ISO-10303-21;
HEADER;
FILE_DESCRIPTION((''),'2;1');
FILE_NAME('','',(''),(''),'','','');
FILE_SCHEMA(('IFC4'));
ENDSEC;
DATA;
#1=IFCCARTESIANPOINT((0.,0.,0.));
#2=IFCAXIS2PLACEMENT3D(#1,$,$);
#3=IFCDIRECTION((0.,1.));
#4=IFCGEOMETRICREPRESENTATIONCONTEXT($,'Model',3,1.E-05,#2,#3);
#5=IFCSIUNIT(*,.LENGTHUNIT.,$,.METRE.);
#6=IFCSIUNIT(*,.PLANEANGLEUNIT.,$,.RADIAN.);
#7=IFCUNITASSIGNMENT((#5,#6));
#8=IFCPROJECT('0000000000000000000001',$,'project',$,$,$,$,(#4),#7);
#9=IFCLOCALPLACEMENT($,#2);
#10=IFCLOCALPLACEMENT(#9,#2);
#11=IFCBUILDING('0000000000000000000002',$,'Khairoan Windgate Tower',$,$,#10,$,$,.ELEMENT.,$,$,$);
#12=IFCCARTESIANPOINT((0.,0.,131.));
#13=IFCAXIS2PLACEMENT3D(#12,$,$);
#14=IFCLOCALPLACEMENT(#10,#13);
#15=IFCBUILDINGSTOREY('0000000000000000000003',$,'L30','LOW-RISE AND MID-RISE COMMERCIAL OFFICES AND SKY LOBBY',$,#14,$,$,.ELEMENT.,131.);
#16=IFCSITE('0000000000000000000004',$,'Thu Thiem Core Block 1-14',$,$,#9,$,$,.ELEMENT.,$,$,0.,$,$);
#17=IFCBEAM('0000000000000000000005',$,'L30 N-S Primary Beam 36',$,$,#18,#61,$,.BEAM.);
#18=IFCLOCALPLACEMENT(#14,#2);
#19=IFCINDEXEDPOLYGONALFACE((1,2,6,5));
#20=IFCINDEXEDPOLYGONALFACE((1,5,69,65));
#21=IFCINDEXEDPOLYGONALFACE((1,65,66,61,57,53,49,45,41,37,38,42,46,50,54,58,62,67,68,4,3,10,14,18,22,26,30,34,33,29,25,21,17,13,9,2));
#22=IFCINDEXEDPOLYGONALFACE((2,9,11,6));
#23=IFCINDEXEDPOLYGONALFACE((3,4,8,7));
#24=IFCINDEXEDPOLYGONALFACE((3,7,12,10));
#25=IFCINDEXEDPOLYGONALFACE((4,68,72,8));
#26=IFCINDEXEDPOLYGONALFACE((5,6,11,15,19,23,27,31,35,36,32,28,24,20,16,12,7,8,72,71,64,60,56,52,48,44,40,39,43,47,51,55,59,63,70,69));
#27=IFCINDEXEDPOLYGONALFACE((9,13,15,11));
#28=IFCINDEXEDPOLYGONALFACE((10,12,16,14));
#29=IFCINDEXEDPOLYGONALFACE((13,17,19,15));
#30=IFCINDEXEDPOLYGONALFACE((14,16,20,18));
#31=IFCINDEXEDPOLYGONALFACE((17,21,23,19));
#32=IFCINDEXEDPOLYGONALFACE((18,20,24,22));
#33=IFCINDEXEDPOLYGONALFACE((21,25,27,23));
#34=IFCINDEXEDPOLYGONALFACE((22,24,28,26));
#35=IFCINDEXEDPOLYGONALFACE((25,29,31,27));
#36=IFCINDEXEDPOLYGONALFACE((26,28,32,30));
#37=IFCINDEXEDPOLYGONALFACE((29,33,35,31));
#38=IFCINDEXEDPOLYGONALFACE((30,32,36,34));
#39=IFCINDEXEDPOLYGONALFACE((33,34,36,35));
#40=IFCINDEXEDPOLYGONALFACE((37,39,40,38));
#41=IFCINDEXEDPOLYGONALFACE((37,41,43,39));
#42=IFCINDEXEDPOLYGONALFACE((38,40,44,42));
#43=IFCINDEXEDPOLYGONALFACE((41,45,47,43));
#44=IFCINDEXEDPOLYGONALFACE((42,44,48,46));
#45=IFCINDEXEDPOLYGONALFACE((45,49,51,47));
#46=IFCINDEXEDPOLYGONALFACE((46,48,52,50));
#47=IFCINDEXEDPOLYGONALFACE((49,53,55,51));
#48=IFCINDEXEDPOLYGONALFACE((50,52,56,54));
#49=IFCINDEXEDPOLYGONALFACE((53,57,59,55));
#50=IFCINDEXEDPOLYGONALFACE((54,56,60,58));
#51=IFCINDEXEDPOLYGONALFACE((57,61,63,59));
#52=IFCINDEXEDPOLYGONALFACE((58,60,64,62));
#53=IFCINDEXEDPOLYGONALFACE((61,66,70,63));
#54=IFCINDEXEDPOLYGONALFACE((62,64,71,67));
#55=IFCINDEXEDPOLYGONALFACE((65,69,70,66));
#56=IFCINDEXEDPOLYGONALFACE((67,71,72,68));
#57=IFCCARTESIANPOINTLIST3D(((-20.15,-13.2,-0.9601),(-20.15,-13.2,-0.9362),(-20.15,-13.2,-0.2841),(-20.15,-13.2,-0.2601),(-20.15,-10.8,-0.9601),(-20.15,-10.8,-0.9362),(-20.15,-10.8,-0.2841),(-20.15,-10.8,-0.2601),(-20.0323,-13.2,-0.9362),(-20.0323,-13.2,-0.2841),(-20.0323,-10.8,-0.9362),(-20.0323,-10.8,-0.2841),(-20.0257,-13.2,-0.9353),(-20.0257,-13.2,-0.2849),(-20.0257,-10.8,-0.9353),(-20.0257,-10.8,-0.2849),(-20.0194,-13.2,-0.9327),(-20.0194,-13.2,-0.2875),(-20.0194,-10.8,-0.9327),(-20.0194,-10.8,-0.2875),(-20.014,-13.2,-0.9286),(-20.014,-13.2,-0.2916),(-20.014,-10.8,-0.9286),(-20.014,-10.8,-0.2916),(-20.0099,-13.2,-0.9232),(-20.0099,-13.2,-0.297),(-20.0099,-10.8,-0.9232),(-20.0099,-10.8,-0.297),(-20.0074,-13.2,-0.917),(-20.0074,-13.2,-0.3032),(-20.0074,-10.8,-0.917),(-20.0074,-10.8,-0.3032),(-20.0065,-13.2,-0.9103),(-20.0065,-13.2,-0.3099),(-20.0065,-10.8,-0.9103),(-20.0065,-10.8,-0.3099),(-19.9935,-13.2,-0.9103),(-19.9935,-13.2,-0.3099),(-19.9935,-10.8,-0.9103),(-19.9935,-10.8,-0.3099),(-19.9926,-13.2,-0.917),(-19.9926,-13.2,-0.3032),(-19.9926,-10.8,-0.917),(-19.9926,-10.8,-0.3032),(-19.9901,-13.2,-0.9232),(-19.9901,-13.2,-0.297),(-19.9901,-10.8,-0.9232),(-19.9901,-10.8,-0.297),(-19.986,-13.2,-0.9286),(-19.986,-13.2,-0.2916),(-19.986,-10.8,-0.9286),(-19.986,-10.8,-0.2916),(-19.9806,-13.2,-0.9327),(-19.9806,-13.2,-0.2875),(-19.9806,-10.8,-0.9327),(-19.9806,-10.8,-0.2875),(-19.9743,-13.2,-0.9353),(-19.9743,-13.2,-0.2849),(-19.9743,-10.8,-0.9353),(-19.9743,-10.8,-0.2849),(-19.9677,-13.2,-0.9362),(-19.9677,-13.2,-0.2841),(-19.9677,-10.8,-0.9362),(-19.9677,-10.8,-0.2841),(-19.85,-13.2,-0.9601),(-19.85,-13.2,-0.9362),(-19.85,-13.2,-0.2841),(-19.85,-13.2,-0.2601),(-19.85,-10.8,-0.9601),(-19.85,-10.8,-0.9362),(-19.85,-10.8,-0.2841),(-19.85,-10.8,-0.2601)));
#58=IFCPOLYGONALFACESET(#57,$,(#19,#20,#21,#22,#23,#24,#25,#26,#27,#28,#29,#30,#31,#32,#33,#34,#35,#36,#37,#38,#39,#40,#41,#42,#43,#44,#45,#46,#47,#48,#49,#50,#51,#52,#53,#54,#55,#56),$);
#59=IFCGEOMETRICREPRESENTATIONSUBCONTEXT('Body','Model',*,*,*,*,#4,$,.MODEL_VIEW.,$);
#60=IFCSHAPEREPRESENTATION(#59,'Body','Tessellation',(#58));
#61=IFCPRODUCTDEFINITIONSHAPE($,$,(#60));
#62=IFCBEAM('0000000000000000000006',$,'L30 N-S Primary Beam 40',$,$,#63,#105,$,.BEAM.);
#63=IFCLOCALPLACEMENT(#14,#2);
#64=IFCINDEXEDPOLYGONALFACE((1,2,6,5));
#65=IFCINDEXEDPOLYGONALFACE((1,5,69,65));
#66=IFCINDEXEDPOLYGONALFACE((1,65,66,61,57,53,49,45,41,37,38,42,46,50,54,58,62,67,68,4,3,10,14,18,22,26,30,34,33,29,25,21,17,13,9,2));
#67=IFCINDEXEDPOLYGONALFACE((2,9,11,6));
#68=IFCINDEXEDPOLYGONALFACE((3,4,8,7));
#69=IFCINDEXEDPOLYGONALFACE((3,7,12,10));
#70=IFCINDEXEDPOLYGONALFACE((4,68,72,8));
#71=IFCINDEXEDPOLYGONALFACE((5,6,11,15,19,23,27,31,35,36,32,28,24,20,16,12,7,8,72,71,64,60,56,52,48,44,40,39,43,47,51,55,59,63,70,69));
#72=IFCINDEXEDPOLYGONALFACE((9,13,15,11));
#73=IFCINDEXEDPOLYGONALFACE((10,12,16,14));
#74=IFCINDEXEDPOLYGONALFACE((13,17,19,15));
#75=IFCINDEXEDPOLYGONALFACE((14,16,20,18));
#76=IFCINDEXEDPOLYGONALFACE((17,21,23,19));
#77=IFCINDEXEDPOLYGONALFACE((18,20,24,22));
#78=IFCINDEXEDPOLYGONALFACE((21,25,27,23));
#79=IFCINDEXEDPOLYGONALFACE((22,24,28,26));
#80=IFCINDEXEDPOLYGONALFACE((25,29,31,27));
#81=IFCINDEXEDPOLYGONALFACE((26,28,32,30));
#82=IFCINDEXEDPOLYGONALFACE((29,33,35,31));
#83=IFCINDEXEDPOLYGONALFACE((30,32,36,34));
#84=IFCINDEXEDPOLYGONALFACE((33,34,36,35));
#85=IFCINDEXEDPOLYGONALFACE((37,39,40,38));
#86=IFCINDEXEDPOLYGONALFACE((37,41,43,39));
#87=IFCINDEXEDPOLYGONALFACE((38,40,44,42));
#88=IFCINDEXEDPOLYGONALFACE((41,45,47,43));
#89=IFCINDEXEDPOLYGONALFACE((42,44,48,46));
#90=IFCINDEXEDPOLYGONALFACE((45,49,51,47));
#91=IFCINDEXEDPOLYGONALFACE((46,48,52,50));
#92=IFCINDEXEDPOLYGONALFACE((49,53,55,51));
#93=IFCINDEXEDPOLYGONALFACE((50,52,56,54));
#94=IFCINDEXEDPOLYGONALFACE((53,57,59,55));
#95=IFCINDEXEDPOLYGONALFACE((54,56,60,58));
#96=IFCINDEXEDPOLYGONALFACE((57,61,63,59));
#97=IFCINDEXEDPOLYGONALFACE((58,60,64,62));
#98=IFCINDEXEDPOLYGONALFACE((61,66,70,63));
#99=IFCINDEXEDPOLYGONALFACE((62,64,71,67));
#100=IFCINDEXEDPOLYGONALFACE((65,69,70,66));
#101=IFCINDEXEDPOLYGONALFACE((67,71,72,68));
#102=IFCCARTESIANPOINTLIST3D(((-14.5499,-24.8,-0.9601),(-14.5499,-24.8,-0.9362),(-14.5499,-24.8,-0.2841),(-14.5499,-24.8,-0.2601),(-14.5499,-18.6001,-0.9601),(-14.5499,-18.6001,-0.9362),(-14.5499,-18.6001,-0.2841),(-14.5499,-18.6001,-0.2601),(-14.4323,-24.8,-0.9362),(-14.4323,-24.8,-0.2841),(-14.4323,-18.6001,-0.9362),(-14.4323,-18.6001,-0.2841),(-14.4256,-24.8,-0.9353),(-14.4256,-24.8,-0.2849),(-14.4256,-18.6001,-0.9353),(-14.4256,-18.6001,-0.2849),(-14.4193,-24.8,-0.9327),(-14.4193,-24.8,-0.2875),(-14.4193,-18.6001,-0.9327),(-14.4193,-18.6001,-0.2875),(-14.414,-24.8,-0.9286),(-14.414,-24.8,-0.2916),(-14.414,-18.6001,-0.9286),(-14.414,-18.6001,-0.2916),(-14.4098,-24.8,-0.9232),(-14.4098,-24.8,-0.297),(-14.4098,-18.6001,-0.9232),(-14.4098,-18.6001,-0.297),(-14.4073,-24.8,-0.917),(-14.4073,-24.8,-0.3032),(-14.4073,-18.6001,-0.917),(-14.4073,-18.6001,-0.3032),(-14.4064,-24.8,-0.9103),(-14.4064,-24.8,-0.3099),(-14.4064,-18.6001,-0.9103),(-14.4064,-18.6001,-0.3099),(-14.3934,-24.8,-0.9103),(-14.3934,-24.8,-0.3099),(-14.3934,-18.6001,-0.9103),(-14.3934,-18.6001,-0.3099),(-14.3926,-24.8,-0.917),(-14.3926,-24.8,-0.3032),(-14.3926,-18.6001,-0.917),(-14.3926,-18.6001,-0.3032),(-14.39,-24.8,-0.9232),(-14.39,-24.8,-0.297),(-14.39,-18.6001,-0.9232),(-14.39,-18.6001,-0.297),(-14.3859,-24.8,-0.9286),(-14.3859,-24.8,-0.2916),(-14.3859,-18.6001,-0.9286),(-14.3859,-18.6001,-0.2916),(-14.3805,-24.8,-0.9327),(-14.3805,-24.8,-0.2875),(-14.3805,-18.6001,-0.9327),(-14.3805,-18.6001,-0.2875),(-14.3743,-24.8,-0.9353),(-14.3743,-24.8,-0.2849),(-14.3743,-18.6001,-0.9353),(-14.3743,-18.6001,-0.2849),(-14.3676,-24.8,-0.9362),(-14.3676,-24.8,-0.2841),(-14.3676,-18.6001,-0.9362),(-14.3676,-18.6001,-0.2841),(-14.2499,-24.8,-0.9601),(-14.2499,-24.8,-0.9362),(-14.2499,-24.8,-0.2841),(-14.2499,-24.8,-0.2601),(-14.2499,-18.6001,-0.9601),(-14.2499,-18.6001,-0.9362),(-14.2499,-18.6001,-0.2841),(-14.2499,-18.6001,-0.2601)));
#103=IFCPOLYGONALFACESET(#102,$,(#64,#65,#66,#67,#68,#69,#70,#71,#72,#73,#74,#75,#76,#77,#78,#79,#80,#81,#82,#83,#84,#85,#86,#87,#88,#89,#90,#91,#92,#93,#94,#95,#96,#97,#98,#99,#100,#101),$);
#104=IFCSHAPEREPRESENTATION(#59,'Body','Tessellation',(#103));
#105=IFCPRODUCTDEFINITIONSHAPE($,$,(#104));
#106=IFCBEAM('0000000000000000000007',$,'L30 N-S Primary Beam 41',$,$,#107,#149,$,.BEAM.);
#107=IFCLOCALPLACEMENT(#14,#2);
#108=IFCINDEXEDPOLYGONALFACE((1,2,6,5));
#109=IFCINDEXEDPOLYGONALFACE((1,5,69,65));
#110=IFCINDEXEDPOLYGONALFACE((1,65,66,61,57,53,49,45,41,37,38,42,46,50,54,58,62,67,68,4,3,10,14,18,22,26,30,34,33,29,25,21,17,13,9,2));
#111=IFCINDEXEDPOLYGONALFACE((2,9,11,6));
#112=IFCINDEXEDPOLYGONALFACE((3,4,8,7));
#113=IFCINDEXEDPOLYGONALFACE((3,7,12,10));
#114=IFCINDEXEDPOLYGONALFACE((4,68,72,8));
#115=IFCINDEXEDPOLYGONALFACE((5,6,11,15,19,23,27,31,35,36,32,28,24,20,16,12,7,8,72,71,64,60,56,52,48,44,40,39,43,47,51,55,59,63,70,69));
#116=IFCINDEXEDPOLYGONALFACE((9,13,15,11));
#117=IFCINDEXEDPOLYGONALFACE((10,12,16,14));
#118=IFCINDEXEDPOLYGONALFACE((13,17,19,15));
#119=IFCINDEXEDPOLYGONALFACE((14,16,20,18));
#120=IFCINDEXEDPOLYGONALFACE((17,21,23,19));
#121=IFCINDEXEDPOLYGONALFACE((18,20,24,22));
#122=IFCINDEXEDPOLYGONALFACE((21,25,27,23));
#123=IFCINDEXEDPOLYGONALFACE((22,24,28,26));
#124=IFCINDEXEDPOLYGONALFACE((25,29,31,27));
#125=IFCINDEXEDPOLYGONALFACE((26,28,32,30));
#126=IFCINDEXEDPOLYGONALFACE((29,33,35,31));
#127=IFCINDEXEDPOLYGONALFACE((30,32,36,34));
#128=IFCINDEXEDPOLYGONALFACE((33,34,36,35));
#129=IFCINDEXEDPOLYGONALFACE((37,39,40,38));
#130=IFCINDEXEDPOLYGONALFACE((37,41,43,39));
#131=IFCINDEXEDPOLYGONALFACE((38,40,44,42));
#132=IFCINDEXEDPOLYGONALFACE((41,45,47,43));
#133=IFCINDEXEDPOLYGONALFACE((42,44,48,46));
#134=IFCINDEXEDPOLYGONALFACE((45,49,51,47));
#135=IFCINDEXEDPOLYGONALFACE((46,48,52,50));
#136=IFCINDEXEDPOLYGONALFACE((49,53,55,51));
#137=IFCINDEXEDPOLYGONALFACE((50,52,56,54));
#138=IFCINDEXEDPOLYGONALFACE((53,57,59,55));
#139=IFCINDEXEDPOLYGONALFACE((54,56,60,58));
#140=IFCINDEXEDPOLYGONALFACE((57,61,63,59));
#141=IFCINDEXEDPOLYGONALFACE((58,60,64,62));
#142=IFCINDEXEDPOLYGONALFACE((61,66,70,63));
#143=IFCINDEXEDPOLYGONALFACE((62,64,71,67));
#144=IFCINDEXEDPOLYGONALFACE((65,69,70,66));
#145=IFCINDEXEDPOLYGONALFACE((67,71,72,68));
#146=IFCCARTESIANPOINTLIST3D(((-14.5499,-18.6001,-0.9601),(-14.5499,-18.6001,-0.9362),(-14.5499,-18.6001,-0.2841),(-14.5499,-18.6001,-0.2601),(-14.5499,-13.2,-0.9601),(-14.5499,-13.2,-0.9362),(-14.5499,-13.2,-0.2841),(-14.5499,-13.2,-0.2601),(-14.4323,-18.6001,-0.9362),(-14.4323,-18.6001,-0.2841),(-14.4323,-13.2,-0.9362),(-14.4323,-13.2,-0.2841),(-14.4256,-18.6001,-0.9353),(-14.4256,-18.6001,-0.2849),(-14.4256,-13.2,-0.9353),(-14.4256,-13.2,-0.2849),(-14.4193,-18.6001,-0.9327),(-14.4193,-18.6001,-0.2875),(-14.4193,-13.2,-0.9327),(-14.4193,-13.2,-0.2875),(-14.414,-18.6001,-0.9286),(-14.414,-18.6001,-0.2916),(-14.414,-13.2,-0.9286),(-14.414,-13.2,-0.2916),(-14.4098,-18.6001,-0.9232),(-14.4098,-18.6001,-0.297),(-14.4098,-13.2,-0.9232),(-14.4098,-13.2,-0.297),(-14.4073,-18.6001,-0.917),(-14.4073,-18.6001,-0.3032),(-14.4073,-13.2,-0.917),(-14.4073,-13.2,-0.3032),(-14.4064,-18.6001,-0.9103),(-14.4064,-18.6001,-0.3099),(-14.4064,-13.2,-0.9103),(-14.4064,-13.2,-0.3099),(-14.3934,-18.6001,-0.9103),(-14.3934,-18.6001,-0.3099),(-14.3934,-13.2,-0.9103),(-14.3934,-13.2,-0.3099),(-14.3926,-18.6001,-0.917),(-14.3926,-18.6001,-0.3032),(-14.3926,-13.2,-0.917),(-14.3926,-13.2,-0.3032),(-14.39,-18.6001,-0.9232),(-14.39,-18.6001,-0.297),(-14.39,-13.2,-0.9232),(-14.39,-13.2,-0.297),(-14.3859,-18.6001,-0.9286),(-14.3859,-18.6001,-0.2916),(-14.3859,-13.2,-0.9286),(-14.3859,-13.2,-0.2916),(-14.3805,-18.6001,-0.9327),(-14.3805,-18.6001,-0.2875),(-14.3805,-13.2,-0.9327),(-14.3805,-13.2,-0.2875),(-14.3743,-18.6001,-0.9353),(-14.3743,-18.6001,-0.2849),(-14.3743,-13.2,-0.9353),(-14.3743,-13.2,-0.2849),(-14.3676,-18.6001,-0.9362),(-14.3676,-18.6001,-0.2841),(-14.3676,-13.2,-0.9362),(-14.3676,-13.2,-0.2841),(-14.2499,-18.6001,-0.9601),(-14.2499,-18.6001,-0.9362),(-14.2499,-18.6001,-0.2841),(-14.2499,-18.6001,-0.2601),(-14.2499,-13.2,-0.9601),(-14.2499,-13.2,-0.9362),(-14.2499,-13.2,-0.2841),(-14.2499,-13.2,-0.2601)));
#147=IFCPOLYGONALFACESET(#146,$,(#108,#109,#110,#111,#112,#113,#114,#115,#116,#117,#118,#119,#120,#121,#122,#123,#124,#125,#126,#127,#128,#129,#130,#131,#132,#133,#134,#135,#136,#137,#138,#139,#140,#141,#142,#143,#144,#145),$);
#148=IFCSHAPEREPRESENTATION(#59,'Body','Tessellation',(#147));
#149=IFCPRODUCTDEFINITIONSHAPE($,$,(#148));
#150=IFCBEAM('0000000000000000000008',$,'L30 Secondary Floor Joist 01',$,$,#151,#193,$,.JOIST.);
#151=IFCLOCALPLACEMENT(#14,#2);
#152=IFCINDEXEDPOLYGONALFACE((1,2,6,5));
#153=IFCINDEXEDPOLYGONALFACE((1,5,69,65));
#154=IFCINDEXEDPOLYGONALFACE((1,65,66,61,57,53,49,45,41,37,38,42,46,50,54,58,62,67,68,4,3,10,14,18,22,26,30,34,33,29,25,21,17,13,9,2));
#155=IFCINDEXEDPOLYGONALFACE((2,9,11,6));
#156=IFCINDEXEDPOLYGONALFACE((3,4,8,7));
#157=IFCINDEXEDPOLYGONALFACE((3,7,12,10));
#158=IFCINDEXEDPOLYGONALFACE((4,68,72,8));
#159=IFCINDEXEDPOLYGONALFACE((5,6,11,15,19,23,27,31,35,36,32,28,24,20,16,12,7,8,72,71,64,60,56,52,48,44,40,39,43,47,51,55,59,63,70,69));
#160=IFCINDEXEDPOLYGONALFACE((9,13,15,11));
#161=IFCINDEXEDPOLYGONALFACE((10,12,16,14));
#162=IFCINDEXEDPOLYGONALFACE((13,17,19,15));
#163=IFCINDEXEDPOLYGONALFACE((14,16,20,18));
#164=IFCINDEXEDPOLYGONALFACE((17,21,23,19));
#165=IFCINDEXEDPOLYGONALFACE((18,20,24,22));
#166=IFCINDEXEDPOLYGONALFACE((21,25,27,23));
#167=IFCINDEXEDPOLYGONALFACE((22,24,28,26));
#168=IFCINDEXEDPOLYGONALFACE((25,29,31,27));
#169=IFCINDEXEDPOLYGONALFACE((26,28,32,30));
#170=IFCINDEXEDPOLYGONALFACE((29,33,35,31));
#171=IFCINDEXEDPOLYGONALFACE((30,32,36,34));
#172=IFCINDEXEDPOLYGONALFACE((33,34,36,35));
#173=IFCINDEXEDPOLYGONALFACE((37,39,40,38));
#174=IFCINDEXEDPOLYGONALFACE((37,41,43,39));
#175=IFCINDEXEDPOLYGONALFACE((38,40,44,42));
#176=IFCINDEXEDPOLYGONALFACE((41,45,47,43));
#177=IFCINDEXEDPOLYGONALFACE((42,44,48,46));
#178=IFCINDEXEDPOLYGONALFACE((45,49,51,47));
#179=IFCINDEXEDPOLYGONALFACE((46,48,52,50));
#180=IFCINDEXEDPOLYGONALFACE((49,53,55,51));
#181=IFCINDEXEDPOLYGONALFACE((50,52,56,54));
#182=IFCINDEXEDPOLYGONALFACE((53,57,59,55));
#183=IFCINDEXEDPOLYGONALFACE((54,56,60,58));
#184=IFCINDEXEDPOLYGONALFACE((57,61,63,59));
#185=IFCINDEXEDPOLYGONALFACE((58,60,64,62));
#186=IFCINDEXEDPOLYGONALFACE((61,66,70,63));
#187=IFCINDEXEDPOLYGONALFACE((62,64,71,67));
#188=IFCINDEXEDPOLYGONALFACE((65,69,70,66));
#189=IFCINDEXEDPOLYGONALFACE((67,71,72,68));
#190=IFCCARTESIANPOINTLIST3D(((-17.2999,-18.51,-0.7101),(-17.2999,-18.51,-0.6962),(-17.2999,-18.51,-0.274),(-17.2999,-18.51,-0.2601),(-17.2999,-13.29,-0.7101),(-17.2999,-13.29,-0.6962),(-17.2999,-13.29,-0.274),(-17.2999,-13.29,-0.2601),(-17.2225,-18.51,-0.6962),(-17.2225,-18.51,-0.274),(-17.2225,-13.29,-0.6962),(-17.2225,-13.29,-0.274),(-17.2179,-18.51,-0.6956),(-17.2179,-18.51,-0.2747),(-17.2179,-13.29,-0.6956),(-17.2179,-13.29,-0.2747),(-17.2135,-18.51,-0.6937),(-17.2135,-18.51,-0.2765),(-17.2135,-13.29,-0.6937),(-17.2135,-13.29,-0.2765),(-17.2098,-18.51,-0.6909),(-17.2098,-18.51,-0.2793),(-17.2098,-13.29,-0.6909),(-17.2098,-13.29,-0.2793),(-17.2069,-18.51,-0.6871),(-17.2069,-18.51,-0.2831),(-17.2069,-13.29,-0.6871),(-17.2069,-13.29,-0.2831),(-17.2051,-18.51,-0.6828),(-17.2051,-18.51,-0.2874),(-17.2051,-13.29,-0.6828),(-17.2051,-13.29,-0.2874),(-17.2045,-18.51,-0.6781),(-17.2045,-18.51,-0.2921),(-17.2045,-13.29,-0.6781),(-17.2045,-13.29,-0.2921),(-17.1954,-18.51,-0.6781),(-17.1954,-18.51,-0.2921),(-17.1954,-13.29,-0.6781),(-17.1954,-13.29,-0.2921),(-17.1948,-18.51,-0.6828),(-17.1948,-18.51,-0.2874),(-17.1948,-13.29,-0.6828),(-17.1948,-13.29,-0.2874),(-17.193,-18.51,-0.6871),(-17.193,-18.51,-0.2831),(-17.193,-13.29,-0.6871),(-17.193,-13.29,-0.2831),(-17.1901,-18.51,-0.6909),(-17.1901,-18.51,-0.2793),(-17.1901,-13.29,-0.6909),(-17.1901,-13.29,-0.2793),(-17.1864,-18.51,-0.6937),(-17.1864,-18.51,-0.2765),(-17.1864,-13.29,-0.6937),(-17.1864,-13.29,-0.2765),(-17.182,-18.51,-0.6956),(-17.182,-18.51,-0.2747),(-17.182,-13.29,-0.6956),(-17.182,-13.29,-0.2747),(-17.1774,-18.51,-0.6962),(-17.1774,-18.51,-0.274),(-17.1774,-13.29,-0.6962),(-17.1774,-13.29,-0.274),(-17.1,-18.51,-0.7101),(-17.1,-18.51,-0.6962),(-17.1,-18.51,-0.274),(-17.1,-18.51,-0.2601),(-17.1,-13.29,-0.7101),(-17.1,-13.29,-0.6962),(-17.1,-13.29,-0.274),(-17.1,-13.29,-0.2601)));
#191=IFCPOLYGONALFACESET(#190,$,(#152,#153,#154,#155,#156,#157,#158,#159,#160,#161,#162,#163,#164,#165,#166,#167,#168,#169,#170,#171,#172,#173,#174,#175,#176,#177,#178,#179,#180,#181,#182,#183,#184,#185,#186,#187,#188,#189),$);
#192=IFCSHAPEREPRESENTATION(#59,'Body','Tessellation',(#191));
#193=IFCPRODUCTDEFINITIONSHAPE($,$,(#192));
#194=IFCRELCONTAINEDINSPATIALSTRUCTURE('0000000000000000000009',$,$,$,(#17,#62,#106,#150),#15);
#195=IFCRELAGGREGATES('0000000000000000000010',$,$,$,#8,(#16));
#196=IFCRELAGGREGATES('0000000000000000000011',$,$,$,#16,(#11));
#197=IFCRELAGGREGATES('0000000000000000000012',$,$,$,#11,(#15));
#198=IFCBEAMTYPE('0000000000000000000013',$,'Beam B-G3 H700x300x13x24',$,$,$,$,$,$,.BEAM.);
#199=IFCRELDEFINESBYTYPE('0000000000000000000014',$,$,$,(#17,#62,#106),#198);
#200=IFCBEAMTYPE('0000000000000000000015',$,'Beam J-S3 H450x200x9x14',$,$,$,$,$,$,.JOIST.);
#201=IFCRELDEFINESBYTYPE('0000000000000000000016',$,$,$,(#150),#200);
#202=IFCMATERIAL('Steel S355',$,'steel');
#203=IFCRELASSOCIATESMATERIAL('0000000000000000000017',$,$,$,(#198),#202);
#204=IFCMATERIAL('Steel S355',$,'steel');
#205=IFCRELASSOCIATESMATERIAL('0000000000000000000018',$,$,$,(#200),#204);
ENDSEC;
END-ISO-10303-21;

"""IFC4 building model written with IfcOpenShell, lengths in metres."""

from ifc_helpers import new_model, si_unit, direction, frame, origin, origin_2d, place, context, subcontext, project, spatial, i_section, extrude, material, material_profile, profile_set, type_object, element, save


model = new_model("IFC4")

# Units and contexts
model_context = context("Model", 3, precision=1e-05, world=origin(), true_north=direction((0.0, 1.0)))
body_context = subcontext(model_context, "Body", "Model", "MODEL_VIEW")
ifc_project = project(units=[si_unit("LENGTHUNIT", "METRE"), si_unit("PLANEANGLEUNIT", "RADIAN")], contexts=[model_context])

# Site, building, storey
site_placement = place(None, origin())
site = spatial("IfcSite", under=ifc_project, at=site_placement, Name="Thu Thiem Core Block 1-14", CompositionType="ELEMENT", RefElevation=0.0)
building_placement = place(site_placement, origin())
building = spatial("IfcBuilding", under=site, at=building_placement, Name="Khairoan Windgate Tower", CompositionType="ELEMENT")
storey_placement = place(building_placement, frame((0.0, 0.0, 131.0)))
storey = spatial("IfcBuildingStorey", under=building, at=storey_placement, Name="L30", Description="LOW-RISE AND MID-RISE COMMERCIAL OFFICES AND SKY LOBBY", CompositionType="ELEMENT", Elevation=131.0)

# Beams
ifc_material_1 = material(Name="Steel S355", Category="steel")
ifc_material_profile_1 = material_profile(ifc_material_1, i_section(OverallWidth=0.3, OverallDepth=0.7, WebThickness=0.0129, FlangeThickness=0.0239, FilletRadius=0.0259, at=origin_2d()))
ifc_profile_set_1 = profile_set([ifc_material_profile_1], Name="Steel S355")
beam_type_1 = type_object("IfcBeamType", Name="Beam B-G3 H700x300x13x24", PredefinedType="BEAM", material=ifc_profile_set_1)
beam_1_placement = place(storey_placement, frame((-20.0, -13.2, -0.6101), z_axis=(0.0, 1.0, 0.0), x_axis=(-1.0, 0.0, 0.0)))
element("IfcBeam", 1, at=beam_1_placement, inside=storey, type_object=beam_type_1, Name="L30 N-S Primary Beam 36", PredefinedType="BEAM", context=body_context, shape_type="SweptSolid", body=[
    extrude(i_section(OverallWidth=0.3, OverallDepth=0.7, WebThickness=0.0129, FlangeThickness=0.0239, FilletRadius=0.0259, at=origin_2d()), origin(), (0.0, 0.0, 1.0), 2.3999),
])
beam_2_placement = place(storey_placement, frame((-14.3999, -24.8, -0.6101), z_axis=(0.0, 1.0, 0.0), x_axis=(-1.0, 0.0, 0.0)))
element("IfcBeam", 2, at=beam_2_placement, inside=storey, type_object=beam_type_1, Name="L30 N-S Primary Beam 40", PredefinedType="BEAM", context=body_context, shape_type="SweptSolid", body=[
    extrude(i_section(OverallWidth=0.3, OverallDepth=0.7, WebThickness=0.0129, FlangeThickness=0.0239, FilletRadius=0.0259, at=origin_2d()), origin(), (0.0, 0.0, 1.0), 6.2),
])
beam_3_placement = place(storey_placement, frame((-14.3999, -18.6001, -0.6101), z_axis=(0.0, 1.0, 0.0), x_axis=(-1.0, 0.0, 0.0)))
element("IfcBeam", 3, at=beam_3_placement, inside=storey, type_object=beam_type_1, Name="L30 N-S Primary Beam 41", PredefinedType="BEAM", context=body_context, shape_type="SweptSolid", body=[
    extrude(i_section(OverallWidth=0.3, OverallDepth=0.7, WebThickness=0.0129, FlangeThickness=0.0239, FilletRadius=0.0259, at=origin_2d()), origin(), (0.0, 0.0, 1.0), 5.4001),
])
ifc_material_2 = material(Name="Steel S355", Category="steel")
ifc_material_profile_2 = material_profile(ifc_material_2, i_section(OverallWidth=0.2, OverallDepth=0.45, WebThickness=0.009, FlangeThickness=0.0139, FilletRadius=0.0181, at=origin_2d()))
ifc_profile_set_2 = profile_set([ifc_material_profile_2], Name="Steel S355")
beam_type_2 = type_object("IfcBeamType", Name="Beam J-S3 H450x200x9x14", PredefinedType="JOIST", material=ifc_profile_set_2)
beam_4_placement = place(storey_placement, frame((-17.2, -18.51, -0.4851), z_axis=(0.0, 1.0, 0.0), x_axis=(-1.0, 0.0, 0.0)))
element("IfcBeam", 4, at=beam_4_placement, inside=storey, type_object=beam_type_2, Name="L30 Secondary Floor Joist 01", PredefinedType="JOIST", context=body_context, shape_type="SweptSolid", body=[
    extrude(i_section(OverallWidth=0.2, OverallDepth=0.45, WebThickness=0.009, FlangeThickness=0.0139, FilletRadius=0.0181, at=origin_2d()), origin(), (0.0, 0.0, 1.0), 5.22),
])

save(model, "model.ifc")
